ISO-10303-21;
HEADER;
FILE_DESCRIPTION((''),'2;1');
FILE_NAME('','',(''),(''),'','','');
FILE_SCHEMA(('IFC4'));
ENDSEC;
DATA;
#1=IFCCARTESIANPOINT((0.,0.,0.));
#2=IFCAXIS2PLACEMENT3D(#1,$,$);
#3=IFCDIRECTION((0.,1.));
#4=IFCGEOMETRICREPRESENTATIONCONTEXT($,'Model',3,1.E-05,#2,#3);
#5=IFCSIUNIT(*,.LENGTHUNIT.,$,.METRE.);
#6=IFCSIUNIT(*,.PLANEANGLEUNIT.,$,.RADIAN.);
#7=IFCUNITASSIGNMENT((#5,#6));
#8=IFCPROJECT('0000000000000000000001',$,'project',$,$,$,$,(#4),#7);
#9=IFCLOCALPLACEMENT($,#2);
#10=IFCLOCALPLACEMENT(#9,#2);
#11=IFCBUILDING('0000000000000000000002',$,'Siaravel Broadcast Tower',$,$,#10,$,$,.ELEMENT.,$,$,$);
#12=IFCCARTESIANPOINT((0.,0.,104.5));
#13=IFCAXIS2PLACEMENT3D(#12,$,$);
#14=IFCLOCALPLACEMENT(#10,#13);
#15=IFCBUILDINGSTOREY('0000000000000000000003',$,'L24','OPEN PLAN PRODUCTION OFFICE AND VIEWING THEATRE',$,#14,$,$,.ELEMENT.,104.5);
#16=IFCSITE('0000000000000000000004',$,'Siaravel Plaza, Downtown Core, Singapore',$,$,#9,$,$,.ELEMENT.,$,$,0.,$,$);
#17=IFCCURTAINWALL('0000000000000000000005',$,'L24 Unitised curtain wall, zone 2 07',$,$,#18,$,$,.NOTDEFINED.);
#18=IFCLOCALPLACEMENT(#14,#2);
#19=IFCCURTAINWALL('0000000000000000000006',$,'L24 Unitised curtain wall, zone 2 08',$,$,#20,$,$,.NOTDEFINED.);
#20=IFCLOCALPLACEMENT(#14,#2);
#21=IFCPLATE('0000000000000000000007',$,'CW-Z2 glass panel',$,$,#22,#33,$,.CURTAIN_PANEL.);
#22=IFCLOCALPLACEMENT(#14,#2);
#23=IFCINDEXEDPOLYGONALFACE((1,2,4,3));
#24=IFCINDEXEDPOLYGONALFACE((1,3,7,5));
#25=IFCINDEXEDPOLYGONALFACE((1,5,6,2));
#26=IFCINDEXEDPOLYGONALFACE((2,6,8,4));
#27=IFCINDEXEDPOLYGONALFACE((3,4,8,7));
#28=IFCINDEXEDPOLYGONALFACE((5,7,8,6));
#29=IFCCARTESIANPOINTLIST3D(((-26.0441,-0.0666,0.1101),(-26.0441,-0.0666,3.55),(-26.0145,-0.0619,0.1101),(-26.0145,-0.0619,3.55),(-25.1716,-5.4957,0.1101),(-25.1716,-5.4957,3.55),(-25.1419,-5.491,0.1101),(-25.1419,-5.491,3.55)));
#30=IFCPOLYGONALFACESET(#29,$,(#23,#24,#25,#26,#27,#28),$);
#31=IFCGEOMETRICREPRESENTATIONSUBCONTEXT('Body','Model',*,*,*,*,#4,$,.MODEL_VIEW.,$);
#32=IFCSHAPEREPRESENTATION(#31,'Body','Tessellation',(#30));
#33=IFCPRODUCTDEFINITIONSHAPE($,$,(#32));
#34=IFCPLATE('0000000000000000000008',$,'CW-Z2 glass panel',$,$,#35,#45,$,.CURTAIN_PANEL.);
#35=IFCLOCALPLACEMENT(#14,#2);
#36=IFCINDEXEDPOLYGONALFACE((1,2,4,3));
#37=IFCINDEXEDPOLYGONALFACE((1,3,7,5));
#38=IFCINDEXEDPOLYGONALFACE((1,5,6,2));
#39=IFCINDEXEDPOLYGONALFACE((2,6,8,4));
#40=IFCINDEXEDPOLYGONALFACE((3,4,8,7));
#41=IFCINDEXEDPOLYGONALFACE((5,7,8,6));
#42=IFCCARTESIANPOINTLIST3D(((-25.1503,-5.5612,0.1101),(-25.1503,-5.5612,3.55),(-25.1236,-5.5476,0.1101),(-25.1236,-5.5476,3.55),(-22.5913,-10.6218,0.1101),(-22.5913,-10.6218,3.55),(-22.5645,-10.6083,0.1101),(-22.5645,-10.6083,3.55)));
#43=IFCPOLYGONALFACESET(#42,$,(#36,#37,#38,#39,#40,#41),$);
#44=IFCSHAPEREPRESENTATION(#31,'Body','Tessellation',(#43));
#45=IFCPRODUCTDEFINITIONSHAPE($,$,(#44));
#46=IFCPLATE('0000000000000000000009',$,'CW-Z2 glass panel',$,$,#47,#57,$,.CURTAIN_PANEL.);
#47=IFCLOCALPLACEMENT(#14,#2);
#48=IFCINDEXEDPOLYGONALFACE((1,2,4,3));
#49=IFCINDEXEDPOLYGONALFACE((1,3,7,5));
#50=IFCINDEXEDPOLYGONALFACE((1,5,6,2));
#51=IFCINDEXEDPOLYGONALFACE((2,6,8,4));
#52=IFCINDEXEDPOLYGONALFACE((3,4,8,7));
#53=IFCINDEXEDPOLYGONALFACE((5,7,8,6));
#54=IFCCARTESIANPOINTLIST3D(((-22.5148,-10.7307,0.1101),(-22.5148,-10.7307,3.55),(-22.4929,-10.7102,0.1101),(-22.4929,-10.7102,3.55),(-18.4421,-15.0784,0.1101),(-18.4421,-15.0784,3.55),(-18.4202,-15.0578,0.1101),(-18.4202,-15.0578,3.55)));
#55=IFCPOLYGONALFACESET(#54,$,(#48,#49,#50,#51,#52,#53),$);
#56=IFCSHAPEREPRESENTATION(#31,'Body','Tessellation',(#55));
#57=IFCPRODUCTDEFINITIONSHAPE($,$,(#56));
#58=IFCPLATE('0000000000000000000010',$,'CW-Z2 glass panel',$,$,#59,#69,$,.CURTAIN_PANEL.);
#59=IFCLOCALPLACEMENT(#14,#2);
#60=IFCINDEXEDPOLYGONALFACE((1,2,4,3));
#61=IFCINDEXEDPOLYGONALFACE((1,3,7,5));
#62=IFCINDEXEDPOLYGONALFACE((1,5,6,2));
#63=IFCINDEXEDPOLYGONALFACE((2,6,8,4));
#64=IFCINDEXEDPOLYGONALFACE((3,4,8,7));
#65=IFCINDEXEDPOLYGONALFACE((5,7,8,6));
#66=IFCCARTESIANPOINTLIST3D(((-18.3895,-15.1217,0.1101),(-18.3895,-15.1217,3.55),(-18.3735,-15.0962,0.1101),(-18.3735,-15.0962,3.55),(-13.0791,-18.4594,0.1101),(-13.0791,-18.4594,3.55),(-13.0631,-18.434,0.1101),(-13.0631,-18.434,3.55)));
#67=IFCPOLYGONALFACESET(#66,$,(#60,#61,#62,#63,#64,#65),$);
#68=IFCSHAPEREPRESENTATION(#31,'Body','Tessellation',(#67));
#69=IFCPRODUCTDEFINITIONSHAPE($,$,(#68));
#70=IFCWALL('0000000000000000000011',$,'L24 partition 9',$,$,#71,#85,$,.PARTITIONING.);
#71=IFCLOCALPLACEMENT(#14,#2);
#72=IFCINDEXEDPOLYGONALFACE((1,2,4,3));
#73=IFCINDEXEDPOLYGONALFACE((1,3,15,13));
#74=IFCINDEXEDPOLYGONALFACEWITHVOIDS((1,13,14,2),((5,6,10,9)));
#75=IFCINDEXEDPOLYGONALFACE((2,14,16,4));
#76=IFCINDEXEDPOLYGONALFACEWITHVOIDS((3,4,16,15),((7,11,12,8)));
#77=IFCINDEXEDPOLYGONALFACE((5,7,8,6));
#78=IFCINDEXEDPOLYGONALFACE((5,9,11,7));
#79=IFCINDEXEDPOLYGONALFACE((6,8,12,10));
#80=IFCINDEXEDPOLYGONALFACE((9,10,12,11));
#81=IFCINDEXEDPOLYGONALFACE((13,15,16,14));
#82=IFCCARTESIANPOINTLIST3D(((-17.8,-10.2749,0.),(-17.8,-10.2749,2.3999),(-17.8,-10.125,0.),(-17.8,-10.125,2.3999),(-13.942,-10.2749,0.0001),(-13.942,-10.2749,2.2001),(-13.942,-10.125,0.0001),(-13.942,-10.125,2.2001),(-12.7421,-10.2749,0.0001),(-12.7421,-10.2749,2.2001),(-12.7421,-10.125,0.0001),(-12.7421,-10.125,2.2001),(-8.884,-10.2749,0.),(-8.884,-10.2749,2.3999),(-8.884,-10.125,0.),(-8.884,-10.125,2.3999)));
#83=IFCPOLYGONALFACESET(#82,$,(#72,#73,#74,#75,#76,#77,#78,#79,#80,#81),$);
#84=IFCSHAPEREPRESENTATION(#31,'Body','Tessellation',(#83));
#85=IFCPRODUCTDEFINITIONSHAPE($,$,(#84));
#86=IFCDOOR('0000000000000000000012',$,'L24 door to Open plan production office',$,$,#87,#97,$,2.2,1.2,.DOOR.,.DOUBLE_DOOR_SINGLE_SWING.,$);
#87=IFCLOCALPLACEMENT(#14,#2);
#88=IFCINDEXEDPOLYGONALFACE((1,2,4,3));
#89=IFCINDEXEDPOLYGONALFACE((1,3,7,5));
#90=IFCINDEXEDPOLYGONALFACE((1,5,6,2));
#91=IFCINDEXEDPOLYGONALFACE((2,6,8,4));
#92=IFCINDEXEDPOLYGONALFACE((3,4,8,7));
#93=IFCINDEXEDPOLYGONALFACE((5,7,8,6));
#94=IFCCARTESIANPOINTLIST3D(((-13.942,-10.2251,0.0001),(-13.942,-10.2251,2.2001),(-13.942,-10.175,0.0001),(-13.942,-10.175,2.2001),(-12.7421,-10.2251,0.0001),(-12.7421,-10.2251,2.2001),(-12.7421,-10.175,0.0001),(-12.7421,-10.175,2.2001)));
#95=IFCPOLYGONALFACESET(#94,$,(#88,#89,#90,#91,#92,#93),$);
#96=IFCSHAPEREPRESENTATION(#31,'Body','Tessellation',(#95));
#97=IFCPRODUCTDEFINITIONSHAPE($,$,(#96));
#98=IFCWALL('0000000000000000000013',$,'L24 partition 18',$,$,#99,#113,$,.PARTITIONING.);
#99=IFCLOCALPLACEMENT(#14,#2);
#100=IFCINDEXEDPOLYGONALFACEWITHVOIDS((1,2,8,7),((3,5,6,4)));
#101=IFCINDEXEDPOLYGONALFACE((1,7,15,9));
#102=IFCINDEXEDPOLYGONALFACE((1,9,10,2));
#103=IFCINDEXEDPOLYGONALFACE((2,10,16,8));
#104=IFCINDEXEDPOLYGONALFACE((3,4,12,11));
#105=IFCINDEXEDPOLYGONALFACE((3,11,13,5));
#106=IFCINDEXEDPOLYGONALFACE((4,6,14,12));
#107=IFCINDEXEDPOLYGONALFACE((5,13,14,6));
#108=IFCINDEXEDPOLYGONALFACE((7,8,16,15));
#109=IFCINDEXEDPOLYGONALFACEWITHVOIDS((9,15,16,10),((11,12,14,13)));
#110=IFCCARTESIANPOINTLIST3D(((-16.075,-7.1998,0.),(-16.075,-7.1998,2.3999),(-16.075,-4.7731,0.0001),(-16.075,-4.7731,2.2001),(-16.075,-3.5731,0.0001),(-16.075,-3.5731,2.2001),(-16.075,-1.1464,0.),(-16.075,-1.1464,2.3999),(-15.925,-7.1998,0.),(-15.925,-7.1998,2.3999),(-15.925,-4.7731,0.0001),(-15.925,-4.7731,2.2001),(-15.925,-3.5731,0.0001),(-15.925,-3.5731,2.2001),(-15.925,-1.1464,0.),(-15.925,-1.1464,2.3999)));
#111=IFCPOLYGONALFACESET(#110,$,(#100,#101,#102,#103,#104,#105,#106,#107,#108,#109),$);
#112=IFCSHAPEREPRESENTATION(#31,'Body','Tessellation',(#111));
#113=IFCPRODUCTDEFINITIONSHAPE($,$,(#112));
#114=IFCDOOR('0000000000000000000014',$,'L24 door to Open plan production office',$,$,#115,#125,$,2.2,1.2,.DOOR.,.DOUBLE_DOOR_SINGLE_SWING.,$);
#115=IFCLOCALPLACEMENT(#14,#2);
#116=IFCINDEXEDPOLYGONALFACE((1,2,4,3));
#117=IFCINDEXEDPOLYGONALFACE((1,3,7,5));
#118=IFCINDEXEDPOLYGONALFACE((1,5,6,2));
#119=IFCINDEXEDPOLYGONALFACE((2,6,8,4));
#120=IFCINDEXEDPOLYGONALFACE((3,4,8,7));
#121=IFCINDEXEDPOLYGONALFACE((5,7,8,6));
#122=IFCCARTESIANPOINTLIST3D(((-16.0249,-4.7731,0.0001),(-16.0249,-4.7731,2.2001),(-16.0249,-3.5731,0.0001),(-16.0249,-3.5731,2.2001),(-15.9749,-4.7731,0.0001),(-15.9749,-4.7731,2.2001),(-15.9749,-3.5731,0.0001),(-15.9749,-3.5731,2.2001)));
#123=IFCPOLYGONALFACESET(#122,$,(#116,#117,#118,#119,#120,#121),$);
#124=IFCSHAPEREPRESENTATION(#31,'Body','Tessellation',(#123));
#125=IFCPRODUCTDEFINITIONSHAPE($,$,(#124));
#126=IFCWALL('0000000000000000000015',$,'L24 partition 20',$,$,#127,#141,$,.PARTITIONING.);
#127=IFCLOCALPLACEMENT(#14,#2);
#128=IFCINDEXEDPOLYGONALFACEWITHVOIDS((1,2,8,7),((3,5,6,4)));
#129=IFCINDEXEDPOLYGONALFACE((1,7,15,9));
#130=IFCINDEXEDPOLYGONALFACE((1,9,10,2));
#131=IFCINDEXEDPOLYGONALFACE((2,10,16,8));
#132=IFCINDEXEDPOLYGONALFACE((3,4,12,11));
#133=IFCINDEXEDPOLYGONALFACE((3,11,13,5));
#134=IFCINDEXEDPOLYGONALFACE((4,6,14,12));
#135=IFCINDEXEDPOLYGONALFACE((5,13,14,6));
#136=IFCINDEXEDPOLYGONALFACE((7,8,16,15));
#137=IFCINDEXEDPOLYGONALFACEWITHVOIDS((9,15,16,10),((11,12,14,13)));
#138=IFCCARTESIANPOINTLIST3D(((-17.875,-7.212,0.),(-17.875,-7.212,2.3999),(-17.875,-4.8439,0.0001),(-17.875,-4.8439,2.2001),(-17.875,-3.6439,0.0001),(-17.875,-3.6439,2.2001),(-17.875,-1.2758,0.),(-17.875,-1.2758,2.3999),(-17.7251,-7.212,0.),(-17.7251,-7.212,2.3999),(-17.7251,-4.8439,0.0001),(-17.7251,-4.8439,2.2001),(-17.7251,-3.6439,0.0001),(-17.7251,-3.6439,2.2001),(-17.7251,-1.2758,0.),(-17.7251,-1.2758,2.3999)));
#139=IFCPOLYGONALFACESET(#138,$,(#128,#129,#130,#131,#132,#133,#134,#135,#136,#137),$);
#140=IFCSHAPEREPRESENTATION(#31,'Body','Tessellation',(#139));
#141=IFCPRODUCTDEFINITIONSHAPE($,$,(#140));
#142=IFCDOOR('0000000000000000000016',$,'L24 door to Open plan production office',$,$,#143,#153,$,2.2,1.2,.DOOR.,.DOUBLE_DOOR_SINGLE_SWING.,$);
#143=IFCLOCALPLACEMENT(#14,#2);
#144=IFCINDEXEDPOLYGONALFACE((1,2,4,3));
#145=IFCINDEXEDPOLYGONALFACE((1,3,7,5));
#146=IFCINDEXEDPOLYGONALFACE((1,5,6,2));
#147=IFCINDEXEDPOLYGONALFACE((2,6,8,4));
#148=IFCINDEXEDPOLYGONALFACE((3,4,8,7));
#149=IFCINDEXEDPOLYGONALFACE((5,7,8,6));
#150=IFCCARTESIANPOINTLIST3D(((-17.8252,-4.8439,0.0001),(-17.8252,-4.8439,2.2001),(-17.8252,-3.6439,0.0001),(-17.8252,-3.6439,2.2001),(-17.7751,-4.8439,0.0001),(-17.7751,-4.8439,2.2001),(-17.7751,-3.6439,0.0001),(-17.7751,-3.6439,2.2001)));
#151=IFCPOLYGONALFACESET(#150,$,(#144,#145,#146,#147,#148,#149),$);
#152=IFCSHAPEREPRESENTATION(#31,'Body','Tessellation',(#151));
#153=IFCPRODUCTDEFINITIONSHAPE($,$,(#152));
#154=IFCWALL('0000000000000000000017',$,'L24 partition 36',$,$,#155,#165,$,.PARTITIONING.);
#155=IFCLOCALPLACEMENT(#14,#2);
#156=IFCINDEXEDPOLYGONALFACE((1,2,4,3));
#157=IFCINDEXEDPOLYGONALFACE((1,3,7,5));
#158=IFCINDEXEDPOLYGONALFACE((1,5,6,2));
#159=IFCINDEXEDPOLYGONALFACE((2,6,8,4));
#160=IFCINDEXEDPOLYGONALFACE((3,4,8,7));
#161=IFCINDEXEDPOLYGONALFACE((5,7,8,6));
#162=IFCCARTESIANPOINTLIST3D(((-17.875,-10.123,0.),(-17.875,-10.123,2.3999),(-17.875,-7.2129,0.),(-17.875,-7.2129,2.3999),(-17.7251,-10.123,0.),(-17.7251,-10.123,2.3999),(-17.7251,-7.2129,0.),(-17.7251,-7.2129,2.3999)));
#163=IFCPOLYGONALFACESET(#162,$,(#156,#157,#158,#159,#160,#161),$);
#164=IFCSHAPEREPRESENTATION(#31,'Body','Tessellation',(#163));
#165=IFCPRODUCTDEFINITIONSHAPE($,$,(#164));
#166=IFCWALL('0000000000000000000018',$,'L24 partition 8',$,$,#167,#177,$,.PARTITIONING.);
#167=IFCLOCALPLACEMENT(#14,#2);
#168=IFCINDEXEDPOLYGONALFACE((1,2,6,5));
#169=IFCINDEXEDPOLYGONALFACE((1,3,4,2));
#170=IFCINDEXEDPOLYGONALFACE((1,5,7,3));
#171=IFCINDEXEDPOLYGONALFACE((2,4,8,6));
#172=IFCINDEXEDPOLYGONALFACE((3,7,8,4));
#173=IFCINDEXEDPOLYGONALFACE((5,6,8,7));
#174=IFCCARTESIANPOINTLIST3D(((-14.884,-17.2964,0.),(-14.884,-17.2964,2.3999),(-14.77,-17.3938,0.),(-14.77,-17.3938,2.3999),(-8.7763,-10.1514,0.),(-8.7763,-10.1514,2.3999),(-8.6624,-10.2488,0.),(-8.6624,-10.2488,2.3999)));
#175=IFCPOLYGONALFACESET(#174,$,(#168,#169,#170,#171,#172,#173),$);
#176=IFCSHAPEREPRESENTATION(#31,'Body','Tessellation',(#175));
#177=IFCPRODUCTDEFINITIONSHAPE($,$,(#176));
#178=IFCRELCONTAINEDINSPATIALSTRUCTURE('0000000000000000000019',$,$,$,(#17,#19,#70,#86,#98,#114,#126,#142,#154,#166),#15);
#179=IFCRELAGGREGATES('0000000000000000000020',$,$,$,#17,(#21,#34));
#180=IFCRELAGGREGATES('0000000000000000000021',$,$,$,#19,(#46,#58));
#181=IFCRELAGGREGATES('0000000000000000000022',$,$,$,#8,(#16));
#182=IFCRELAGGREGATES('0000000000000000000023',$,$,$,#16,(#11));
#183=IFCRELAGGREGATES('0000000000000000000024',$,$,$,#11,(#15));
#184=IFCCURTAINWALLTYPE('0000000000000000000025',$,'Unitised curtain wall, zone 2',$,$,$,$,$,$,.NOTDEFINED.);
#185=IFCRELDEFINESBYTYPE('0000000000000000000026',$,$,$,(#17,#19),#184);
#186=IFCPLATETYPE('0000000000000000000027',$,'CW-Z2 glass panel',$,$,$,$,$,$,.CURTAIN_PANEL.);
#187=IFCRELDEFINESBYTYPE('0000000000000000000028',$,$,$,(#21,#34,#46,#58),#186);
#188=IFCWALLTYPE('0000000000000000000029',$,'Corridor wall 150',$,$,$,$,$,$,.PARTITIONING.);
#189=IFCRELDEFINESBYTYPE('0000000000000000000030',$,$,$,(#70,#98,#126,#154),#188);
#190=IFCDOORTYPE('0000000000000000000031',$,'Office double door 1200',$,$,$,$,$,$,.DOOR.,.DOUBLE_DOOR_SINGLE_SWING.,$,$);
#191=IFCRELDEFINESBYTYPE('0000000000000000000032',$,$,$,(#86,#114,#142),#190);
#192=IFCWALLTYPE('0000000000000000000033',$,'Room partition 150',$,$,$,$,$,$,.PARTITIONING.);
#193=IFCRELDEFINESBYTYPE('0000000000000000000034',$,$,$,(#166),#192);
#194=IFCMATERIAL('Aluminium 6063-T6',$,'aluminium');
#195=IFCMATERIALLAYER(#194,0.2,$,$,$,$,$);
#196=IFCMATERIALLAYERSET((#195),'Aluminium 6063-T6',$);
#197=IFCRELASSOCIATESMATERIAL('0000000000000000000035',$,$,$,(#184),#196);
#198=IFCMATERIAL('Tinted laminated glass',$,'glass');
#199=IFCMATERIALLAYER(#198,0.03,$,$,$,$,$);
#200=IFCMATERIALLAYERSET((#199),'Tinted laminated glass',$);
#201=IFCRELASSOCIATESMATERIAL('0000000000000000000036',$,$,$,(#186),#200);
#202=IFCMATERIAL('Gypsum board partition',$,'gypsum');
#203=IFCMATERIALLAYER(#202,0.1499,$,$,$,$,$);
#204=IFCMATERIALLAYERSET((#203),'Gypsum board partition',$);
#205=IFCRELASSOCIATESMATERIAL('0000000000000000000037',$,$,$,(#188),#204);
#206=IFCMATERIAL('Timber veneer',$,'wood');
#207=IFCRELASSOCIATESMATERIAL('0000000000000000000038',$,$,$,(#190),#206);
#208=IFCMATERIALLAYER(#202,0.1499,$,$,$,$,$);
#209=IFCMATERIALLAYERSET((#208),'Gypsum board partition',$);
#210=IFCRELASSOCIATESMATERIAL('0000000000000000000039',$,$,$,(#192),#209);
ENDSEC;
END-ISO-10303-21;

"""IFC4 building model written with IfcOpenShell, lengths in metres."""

from ifc_helpers import new_model, si_unit, direction, frame, frame_2d, origin, origin_2d, place, context, subcontext, project, spatial, rectangle, extrude, material, layer, layer_set, type_object, element, fill, aggregate, save


model = new_model("IFC4")

# Units and contexts
model_context = context("Model", 3, precision=1e-05, world=origin(), true_north=direction((0.0, 1.0)))
body_context = subcontext(model_context, "Body", "Model", "MODEL_VIEW")
ifc_project = project(units=[si_unit("LENGTHUNIT", "METRE"), si_unit("PLANEANGLEUNIT", "RADIAN")], contexts=[model_context])

# Site, building, storey
site_placement = place(None, origin())
site = spatial("IfcSite", under=ifc_project, at=site_placement, Name="Siaravel Plaza, Downtown Core, Singapore", CompositionType="ELEMENT", RefElevation=0.0)
building_placement = place(site_placement, origin())
building = spatial("IfcBuilding", under=site, at=building_placement, Name="Siaravel Broadcast Tower", CompositionType="ELEMENT")
storey_placement = place(building_placement, frame((0.0, 0.0, 104.5)))
storey = spatial("IfcBuildingStorey", under=building, at=storey_placement, Name="L24", Description="OPEN PLAN PRODUCTION OFFICE AND VIEWING THEATRE", CompositionType="ELEMENT", Elevation=104.5)

# Curtain walls
ifc_material_1 = material(Name="Aluminium 6063-T6", Category="aluminium")
ifc_layer_1 = layer(ifc_material_1, 0.2)
ifc_layer_set_1 = layer_set([ifc_layer_1], Name="Aluminium 6063-T6")
curtain_wall_type = type_object("IfcCurtainWallType", Name="Unitised curtain wall, zone 2", PredefinedType="NOTDEFINED", material=ifc_layer_set_1)
curtain_wall_1_placement = place(storey_placement, origin())
curtain_wall_1 = element("IfcCurtainWall", 1, at=curtain_wall_1_placement, inside=storey, type_object=curtain_wall_type, Name="L24 Unitised curtain wall, zone 2 07", PredefinedType="NOTDEFINED")
curtain_wall_2_placement = place(storey_placement, origin())
curtain_wall_2 = element("IfcCurtainWall", 2, at=curtain_wall_2_placement, inside=storey, type_object=curtain_wall_type, Name="L24 Unitised curtain wall, zone 2 08", PredefinedType="NOTDEFINED")

# Plates
ifc_material_2 = material(Name="Tinted laminated glass", Category="glass")
ifc_layer_2 = layer(ifc_material_2, 0.03)
ifc_layer_set_2 = layer_set([ifc_layer_2], Name="Tinted laminated glass")
plate_type = type_object("IfcPlateType", Name="CW-Z2 glass panel", PredefinedType="CURTAIN_PANEL", material=ifc_layer_set_2)
plate_1_placement = place(storey_placement, frame((-25.593, -2.7788, 0.1101), z_axis=(0.0, 0.0, 1.0), x_axis=(0.158686, -0.987329, 0.0)))
plate_1 = element("IfcPlate", 3, at=plate_1_placement, type_object=plate_type, Name="CW-Z2 glass panel", PredefinedType="CURTAIN_PANEL", context=body_context, shape_type="SweptSolid", body=[
    extrude(rectangle(XDim=5.4988, YDim=0.03, at=origin_2d()), origin(), (0.0, 0.0, 1.0), 3.4399),
])
plate_2_placement = place(storey_placement, frame((-23.8574, -8.0847, 0.1101), z_axis=(0.0, 0.0, 1.0), x_axis=(0.451261, -0.892392, 0.0)))
plate_2 = element("IfcPlate", 4, at=plate_2_placement, type_object=plate_type, Name="CW-Z2 glass panel", PredefinedType="CURTAIN_PANEL", context=body_context, shape_type="SweptSolid", body=[
    extrude(rectangle(XDim=5.6709, YDim=0.03, at=origin_2d()), origin(), (0.0, 0.0, 1.0), 3.4399),
])
aggregate(curtain_wall_1, [plate_1, plate_2])
plate_3_placement = place(storey_placement, frame((-20.4675, -12.8943, 0.1101), z_axis=(0.0, 0.0, 1.0), x_axis=(0.683656, -0.729805, 0.0)))
plate_3 = element("IfcPlate", 5, at=plate_3_placement, type_object=plate_type, Name="CW-Z2 glass panel", PredefinedType="CURTAIN_PANEL", context=body_context, shape_type="SweptSolid", body=[
    extrude(rectangle(XDim=5.9573, YDim=0.03, at=origin_2d()), origin(), (0.0, 0.0, 1.0), 3.4399),
])
plate_4_placement = place(storey_placement, frame((-15.7263, -16.7778, 0.1101), z_axis=(0.0, 0.0, 1.0), x_axis=(0.846651, -0.532149, 0.0)))
plate_4 = element("IfcPlate", 6, at=plate_4_placement, type_object=plate_type, Name="CW-Z2 glass panel", PredefinedType="CURTAIN_PANEL", context=body_context, shape_type="SweptSolid", body=[
    extrude(rectangle(XDim=6.2722, YDim=0.03, at=origin_2d()), origin(), (0.0, 0.0, 1.0), 3.4399),
])
aggregate(curtain_wall_2, [plate_3, plate_4])

# Walls, openings, doors
ifc_material_3 = material(Name="Gypsum board partition", Category="gypsum")
ifc_layer_3 = layer(ifc_material_3, 0.1499)
ifc_layer_set_3 = layer_set([ifc_layer_3], Name="Gypsum board partition")
wall_type_1 = type_object("IfcWallType", Name="Corridor wall 150", PredefinedType="PARTITIONING", material=ifc_layer_set_3)
wall_1_placement = place(storey_placement, frame((-17.8, -10.2, 0.0), z_axis=(0.0, 0.0, 1.0), x_axis=(1.0, 0.0, 0.0)))
wall_1 = element("IfcWall", 7, at=wall_1_placement, inside=storey, type_object=wall_type_1, Name="L24 partition 9", PredefinedType="PARTITIONING", context=body_context, shape_type="SweptSolid", body=[
    extrude(rectangle(XDim=8.916, YDim=0.1499, at=frame_2d((4.458, 0.0))), origin(), (0.0, 0.0, 1.0), 2.3999),
])
opening_1_placement = place(wall_1_placement, frame((3.8579, 0.0, 0.0)))
opening_1 = element("IfcOpeningElement", 8, at=opening_1_placement, cuts=wall_1, PredefinedType="OPENING", context=body_context, shape_type="SweptSolid", body=[
    extrude(rectangle(XDim=1.2, YDim=2.2, at=frame_2d((0.6001, 1.1001))), frame((0.0, 0.085, 0.0), z_axis=(0.0, -1.0, 0.0), x_axis=(1.0, 0.0, 0.0)), (0.0, 0.0, 1.0), 0.1699),
])
ifc_material_4 = material(Name="Timber veneer", Category="wood")
door_type = type_object("IfcDoorType", Name="Office double door 1200", OperationType="DOUBLE_DOOR_SINGLE_SWING", PredefinedType="DOOR", material=ifc_material_4)
door_1_placement = place(opening_1_placement, origin())
door_1 = element("IfcDoor", 9, at=door_1_placement, inside=storey, type_object=door_type, Name="L24 door to Open plan production office", OperationType="DOUBLE_DOOR_SINGLE_SWING", OverallHeight=2.2, OverallWidth=1.2, PredefinedType="DOOR", context=body_context, shape_type="SweptSolid", body=[
    extrude(rectangle(XDim=1.2, YDim=2.2, at=frame_2d((0.6001, 1.1001))), frame((0.0, 0.0249, 0.0), z_axis=(0.0, -1.0, 0.0), x_axis=(1.0, 0.0, 0.0)), (0.0, 0.0, 1.0), 0.05),
])
fill(opening_1, door_1)
wall_2_placement = place(storey_placement, frame((-16.0, -7.2, 0.0), z_axis=(0.0, 0.0, 1.0), x_axis=(0.0, 1.0, 0.0)))
wall_2 = element("IfcWall", 10, at=wall_2_placement, inside=storey, type_object=wall_type_1, Name="L24 partition 18", PredefinedType="PARTITIONING", context=body_context, shape_type="SweptSolid", body=[
    extrude(rectangle(XDim=6.0535, YDim=0.1499, at=frame_2d((3.0269, 0.0))), origin(), (0.0, 0.0, 1.0), 2.3999),
])
opening_2_placement = place(wall_2_placement, frame((2.4268, 0.0, 0.0)))
opening_2 = element("IfcOpeningElement", 11, at=opening_2_placement, cuts=wall_2, PredefinedType="OPENING", context=body_context, shape_type="SweptSolid", body=[
    extrude(rectangle(XDim=1.2, YDim=2.2, at=frame_2d((0.6001, 1.1001))), frame((0.0, 0.085, 0.0), z_axis=(0.0, -1.0, 0.0), x_axis=(1.0, 0.0, 0.0)), (0.0, 0.0, 1.0), 0.1699),
])
door_2_placement = place(opening_2_placement, origin())
door_2 = element("IfcDoor", 12, at=door_2_placement, inside=storey, type_object=door_type, Name="L24 door to Open plan production office", OperationType="DOUBLE_DOOR_SINGLE_SWING", OverallHeight=2.2, OverallWidth=1.2, PredefinedType="DOOR", context=body_context, shape_type="SweptSolid", body=[
    extrude(rectangle(XDim=1.2, YDim=2.2, at=frame_2d((0.6001, 1.1001))), frame((0.0, 0.0249, 0.0), z_axis=(0.0, -1.0, 0.0), x_axis=(1.0, 0.0, 0.0)), (0.0, 0.0, 1.0), 0.05),
])
fill(opening_2, door_2)
wall_3_placement = place(storey_placement, frame((-17.8, -1.2756, 0.0), z_axis=(0.0, 0.0, 1.0), x_axis=(0.0, -1.0, 0.0)))
wall_3 = element("IfcWall", 13, at=wall_3_placement, inside=storey, type_object=wall_type_1, Name="L24 partition 20", PredefinedType="PARTITIONING", context=body_context, shape_type="SweptSolid", body=[
    extrude(rectangle(XDim=5.9363, YDim=0.1499, at=frame_2d((2.9683, 0.0))), origin(), (0.0, 0.0, 1.0), 2.3999),
])
opening_3_placement = place(wall_3_placement, frame((2.3682, 0.0, 0.0)))
opening_3 = element("IfcOpeningElement", 14, at=opening_3_placement, cuts=wall_3, PredefinedType="OPENING", context=body_context, shape_type="SweptSolid", body=[
    extrude(rectangle(XDim=1.2, YDim=2.2, at=frame_2d((0.6001, 1.1001))), frame((0.0, 0.085, 0.0), z_axis=(0.0, -1.0, 0.0), x_axis=(1.0, 0.0, 0.0)), (0.0, 0.0, 1.0), 0.1699),
])
door_3_placement = place(opening_3_placement, origin())
door_3 = element("IfcDoor", 15, at=door_3_placement, inside=storey, type_object=door_type, Name="L24 door to Open plan production office", OperationType="DOUBLE_DOOR_SINGLE_SWING", OverallHeight=2.2, OverallWidth=1.2, PredefinedType="DOOR", context=body_context, shape_type="SweptSolid", body=[
    extrude(rectangle(XDim=1.2, YDim=2.2, at=frame_2d((0.6001, 1.1001))), frame((0.0, 0.0249, 0.0), z_axis=(0.0, -1.0, 0.0), x_axis=(1.0, 0.0, 0.0)), (0.0, 0.0, 1.0), 0.05),
])
fill(opening_3, door_3)

# Walls
wall_4_placement = place(storey_placement, frame((-17.8, -7.2129, 0.0), z_axis=(0.0, 0.0, 1.0), x_axis=(0.0, -1.0, 0.0)))
element("IfcWall", 16, at=wall_4_placement, inside=storey, type_object=wall_type_1, Name="L24 partition 36", PredefinedType="PARTITIONING", context=body_context, shape_type="SweptSolid", body=[
    extrude(rectangle(XDim=2.9102, YDim=0.1499, at=frame_2d((1.4551, 0.0))), origin(), (0.0, 0.0, 1.0), 2.3999),
])
ifc_layer_4 = layer(ifc_material_3, 0.1499)
ifc_layer_set_4 = layer_set([ifc_layer_4], Name="Gypsum board partition")
wall_type_2 = type_object("IfcWallType", Name="Room partition 150", PredefinedType="PARTITIONING", material=ifc_layer_set_4)
wall_5_placement = place(storey_placement, frame((-14.8269, -17.345, 0.0), z_axis=(0.0, 0.0, 1.0), x_axis=(0.64977, 0.76013, 0.0)))
element("IfcWall", 17, at=wall_5_placement, inside=storey, type_object=wall_type_2, Name="L24 partition 8", PredefinedType="PARTITIONING", context=body_context, shape_type="SweptSolid", body=[
    extrude(rectangle(XDim=9.3997, YDim=0.1499, at=frame_2d((4.6997, 0.0))), origin(), (0.0, 0.0, 1.0), 2.3999),
])

save(model, "model.ifc")
